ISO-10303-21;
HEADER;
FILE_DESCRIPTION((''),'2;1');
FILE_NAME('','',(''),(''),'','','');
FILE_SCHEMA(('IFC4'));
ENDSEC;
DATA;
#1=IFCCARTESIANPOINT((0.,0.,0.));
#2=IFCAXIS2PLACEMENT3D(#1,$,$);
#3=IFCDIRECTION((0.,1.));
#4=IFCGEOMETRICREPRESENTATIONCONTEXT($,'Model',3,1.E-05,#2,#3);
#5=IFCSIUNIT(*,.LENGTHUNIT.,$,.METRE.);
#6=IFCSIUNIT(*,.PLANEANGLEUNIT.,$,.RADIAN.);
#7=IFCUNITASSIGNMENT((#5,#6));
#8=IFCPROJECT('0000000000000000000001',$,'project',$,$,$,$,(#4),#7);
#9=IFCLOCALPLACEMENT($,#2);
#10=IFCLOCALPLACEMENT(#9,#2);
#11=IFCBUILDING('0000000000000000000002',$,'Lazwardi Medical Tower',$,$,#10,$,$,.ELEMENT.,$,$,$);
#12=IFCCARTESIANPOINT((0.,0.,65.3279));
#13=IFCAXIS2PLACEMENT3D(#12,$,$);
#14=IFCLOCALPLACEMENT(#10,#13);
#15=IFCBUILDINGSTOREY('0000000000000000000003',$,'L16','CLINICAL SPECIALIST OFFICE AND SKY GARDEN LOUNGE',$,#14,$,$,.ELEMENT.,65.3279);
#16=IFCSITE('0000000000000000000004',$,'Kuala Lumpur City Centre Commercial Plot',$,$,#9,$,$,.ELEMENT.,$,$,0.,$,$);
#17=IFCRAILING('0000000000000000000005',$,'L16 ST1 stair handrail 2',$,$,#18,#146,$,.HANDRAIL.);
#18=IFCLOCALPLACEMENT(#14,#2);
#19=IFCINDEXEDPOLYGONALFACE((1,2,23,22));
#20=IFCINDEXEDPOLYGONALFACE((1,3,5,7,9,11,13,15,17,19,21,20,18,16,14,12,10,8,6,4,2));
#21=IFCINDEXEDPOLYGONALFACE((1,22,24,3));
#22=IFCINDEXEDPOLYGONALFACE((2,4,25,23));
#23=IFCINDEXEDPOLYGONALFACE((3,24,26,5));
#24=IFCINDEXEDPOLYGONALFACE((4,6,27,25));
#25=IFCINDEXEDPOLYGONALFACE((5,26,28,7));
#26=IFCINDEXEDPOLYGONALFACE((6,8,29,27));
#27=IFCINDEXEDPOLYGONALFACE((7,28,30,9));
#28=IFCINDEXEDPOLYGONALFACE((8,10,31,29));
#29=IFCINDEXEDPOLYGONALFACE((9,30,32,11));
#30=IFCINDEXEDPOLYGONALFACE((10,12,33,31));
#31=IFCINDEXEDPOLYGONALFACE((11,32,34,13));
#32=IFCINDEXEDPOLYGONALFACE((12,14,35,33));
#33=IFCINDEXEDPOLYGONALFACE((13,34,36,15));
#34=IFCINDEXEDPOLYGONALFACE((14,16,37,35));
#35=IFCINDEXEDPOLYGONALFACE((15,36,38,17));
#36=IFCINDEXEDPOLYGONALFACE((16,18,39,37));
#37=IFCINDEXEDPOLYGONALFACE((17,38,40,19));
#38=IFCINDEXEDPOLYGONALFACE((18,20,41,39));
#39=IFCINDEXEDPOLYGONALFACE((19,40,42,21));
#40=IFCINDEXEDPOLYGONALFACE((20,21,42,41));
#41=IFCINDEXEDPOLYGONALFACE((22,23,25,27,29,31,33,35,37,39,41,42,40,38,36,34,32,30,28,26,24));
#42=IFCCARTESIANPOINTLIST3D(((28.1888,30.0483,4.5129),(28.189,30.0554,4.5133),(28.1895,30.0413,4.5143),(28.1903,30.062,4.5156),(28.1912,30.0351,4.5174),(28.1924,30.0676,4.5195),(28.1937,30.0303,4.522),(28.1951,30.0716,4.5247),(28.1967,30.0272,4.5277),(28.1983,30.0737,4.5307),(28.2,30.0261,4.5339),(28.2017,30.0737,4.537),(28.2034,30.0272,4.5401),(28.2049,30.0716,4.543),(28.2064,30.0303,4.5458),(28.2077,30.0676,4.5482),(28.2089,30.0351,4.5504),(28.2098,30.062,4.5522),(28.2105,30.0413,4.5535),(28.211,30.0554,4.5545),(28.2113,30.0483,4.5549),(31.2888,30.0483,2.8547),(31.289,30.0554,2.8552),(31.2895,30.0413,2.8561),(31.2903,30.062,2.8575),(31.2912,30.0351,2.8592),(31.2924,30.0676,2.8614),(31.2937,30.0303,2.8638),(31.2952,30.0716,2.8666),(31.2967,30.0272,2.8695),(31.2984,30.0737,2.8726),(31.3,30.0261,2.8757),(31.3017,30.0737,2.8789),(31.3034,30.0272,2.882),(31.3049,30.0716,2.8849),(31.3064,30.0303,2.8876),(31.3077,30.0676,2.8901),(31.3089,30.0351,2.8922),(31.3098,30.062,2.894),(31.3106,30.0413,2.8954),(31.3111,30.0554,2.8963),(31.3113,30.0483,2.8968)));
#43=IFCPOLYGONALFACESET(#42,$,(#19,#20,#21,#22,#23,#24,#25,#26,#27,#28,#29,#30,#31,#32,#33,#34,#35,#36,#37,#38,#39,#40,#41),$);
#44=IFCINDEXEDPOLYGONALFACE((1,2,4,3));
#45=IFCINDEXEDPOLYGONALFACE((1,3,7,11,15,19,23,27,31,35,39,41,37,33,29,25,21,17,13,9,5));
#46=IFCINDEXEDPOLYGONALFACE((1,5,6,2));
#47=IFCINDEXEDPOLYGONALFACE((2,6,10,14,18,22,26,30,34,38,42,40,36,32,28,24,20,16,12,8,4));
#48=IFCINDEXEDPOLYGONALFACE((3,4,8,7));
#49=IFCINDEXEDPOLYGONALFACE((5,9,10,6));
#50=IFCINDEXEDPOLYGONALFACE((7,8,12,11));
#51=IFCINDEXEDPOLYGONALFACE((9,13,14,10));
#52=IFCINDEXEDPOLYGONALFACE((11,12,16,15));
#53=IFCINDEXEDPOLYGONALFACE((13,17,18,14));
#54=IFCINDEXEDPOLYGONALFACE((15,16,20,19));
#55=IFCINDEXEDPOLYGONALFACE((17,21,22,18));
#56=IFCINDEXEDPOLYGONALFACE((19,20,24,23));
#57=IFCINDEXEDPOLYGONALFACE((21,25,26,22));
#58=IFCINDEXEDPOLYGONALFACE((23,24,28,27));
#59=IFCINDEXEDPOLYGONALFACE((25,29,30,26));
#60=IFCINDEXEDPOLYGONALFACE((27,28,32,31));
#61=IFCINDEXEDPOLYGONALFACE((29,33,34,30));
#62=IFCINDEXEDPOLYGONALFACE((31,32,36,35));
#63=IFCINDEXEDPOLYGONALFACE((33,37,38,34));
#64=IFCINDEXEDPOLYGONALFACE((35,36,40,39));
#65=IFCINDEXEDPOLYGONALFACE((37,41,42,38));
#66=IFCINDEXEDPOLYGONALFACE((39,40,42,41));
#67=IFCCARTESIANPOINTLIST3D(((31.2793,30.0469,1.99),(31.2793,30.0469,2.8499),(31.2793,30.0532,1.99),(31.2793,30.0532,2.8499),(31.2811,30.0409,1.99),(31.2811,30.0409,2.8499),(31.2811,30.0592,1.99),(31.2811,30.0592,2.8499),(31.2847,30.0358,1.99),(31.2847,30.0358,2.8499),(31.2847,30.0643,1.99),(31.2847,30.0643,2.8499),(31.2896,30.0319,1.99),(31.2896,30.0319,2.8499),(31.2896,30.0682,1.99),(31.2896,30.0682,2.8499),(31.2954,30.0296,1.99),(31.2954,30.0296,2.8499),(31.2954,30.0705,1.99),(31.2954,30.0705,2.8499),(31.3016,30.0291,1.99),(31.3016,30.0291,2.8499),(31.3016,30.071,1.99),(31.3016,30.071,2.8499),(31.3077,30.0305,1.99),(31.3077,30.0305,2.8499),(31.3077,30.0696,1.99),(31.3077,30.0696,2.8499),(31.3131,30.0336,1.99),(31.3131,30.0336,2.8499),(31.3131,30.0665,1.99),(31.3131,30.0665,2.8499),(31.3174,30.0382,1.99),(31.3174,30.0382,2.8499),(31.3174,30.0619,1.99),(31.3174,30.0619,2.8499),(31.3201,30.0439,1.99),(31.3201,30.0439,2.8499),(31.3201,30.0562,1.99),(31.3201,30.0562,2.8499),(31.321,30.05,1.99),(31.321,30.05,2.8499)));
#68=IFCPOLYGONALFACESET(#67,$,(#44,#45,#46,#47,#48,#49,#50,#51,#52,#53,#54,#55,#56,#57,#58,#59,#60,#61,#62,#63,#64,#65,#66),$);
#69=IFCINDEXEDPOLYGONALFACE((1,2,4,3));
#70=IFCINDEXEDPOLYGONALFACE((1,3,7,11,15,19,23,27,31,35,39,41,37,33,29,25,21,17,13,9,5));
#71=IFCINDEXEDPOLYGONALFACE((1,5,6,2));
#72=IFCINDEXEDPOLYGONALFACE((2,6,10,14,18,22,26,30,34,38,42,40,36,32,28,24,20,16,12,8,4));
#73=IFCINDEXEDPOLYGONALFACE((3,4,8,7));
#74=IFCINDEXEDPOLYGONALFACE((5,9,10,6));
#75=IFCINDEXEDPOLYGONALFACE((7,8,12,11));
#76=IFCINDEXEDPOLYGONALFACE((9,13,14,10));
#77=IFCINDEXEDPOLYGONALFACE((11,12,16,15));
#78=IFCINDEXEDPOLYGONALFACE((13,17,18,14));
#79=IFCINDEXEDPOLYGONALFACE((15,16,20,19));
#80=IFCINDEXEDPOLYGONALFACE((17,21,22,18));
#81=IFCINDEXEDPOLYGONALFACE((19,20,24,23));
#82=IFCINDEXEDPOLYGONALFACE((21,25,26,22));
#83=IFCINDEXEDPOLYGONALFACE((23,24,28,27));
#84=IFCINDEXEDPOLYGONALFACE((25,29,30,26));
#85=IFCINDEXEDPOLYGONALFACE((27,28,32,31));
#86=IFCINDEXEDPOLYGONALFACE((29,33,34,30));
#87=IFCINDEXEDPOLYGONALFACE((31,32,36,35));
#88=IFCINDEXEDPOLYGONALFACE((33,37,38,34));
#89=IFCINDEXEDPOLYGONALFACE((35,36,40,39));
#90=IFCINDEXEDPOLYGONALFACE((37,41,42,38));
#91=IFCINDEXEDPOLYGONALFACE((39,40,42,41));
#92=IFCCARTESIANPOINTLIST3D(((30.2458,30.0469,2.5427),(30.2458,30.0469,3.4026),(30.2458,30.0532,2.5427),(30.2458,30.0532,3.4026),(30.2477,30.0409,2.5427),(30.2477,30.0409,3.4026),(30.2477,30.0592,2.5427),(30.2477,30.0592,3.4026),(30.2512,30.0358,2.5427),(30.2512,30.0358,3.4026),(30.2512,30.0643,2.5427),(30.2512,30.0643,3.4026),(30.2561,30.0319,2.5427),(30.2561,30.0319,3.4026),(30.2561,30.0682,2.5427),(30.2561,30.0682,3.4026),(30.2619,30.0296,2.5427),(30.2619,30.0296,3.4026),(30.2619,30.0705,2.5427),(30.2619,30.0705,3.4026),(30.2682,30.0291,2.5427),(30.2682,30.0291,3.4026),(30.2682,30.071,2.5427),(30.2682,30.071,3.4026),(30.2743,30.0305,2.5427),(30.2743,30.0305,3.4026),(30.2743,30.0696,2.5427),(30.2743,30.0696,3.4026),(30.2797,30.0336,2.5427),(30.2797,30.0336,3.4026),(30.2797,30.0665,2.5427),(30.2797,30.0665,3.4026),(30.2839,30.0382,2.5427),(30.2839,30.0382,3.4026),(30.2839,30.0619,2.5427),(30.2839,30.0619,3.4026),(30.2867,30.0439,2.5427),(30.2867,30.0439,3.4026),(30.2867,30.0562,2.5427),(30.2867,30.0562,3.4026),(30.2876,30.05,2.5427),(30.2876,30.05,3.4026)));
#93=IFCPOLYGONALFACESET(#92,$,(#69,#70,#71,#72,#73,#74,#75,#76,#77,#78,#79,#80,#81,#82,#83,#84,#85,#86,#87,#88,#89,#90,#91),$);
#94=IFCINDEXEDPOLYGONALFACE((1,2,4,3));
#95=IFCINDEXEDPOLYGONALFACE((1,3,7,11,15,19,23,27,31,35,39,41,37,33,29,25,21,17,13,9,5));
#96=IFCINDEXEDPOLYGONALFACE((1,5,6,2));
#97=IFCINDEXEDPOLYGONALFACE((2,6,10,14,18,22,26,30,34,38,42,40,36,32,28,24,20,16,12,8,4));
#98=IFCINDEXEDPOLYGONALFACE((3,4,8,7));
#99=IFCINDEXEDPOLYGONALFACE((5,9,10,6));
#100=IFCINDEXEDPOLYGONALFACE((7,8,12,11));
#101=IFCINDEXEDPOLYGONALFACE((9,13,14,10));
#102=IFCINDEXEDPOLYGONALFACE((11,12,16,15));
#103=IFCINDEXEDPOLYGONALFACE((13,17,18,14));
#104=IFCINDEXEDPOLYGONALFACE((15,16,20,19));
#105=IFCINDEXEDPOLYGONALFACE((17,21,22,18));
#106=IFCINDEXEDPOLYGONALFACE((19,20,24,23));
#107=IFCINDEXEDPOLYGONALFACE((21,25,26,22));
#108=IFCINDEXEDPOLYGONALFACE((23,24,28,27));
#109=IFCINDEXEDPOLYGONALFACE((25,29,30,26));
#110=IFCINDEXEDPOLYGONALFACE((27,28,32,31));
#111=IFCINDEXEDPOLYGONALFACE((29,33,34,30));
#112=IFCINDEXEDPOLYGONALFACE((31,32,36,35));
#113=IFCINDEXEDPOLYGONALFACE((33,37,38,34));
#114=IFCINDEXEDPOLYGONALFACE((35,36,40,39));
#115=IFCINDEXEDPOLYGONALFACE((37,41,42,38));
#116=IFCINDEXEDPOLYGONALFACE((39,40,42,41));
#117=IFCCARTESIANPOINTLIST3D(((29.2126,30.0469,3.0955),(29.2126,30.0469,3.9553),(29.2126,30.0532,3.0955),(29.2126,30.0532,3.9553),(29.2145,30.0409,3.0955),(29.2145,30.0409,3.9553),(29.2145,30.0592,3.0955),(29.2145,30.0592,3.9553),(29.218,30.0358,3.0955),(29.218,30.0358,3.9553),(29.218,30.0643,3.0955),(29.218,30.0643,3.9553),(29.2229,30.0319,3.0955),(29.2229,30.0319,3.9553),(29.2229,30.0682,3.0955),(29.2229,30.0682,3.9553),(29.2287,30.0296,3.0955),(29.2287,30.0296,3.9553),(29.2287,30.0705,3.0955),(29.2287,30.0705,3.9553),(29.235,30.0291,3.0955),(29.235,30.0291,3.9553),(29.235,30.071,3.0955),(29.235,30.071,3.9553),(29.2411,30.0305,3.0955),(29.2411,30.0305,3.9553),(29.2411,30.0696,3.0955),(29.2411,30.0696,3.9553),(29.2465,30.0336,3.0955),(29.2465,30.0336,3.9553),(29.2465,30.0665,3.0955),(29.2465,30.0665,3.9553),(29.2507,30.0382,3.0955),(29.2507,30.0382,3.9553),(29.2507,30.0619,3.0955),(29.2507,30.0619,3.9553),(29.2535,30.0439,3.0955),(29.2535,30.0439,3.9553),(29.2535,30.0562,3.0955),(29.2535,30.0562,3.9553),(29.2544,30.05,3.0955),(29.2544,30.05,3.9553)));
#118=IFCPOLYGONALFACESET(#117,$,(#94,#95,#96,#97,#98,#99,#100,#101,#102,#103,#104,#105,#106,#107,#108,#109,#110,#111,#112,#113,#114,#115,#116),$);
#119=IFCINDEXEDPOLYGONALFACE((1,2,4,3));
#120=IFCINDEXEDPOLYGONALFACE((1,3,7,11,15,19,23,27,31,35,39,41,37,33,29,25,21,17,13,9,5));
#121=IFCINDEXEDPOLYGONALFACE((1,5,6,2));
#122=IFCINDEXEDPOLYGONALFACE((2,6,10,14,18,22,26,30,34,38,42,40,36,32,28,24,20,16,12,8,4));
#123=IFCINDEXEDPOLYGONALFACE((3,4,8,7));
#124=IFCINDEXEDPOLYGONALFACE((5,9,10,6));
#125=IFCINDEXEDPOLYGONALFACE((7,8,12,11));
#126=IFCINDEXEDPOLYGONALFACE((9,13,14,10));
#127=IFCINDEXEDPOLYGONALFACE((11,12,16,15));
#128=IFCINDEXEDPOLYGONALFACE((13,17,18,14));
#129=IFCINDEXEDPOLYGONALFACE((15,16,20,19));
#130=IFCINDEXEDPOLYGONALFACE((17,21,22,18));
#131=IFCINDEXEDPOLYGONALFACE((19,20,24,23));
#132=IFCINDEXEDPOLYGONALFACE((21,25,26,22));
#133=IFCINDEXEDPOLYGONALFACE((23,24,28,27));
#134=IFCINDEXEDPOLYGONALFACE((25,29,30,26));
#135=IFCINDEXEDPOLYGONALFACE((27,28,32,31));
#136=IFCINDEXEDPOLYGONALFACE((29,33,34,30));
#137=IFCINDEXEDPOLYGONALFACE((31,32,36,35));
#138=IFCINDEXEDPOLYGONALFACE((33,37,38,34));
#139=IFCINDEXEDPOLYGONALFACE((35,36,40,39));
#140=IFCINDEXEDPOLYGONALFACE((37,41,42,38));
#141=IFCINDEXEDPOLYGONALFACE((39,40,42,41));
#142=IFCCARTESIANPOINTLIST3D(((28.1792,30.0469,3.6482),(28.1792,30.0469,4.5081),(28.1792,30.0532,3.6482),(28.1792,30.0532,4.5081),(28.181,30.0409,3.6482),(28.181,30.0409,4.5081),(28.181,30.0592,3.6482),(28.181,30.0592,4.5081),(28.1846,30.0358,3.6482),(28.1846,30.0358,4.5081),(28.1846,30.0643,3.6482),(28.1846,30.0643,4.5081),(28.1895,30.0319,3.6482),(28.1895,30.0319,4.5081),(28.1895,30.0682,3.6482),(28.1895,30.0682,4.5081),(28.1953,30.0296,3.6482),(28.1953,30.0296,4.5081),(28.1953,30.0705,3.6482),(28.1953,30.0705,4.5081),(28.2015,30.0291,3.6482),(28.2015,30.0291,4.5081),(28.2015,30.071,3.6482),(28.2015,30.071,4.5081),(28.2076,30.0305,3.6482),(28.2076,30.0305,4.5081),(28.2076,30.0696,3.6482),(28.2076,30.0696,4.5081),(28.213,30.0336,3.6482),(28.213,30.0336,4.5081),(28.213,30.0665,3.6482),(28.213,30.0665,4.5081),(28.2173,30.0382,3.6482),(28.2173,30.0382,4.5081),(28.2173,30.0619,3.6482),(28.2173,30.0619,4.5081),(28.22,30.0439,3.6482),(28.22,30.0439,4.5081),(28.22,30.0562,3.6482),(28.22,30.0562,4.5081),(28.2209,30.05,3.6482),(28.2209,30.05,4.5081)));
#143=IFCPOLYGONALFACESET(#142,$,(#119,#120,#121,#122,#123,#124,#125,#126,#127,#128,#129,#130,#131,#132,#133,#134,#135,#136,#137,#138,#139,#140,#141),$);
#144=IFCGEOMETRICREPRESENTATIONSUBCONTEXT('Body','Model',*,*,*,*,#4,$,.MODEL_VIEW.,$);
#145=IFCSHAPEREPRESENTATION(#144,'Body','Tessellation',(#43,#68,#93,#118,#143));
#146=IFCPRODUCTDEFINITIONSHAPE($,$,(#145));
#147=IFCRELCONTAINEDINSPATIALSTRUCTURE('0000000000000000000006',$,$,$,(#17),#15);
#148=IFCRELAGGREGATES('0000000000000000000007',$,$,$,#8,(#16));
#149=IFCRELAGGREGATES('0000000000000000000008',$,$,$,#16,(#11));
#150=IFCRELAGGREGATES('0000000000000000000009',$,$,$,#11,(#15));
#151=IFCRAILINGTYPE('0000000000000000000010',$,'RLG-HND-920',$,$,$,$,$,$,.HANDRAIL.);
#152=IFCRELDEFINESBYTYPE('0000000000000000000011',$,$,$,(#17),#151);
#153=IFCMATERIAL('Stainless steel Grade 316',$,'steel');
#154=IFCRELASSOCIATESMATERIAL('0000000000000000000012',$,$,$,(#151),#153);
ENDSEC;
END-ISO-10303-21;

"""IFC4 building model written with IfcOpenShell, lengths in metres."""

from ifc_helpers import new_model, si_unit, direction, frame, origin, origin_2d, place, context, subcontext, project, spatial, circle, extrude, material, type_object, element, save


model = new_model("IFC4")

# Units and contexts
model_context = context("Model", 3, precision=1e-05, world=origin(), true_north=direction((0.0, 1.0)))
body_context = subcontext(model_context, "Body", "Model", "MODEL_VIEW")
ifc_project = project(units=[si_unit("LENGTHUNIT", "METRE"), si_unit("PLANEANGLEUNIT", "RADIAN")], contexts=[model_context])

# Site, building, storey
site_placement = place(None, origin())
site = spatial("IfcSite", under=ifc_project, at=site_placement, Name="Kuala Lumpur City Centre Commercial Plot", CompositionType="ELEMENT", RefElevation=0.0)
building_placement = place(site_placement, origin())
building = spatial("IfcBuilding", under=site, at=building_placement, Name="Lazwardi Medical Tower", CompositionType="ELEMENT")
storey_placement = place(building_placement, frame((0.0, 0.0, 65.3279)))
storey = spatial("IfcBuildingStorey", under=building, at=storey_placement, Name="L16", Description="CLINICAL SPECIALIST OFFICE AND SKY GARDEN LOUNGE", CompositionType="ELEMENT", Elevation=65.3279)

# Railing
ifc_material_1 = material(Name="Stainless steel Grade 316", Category="steel")
railing_type_1 = type_object("IfcRailingType", Name="RLG-HND-920", PredefinedType="HANDRAIL", material=ifc_material_1)
railing_1_placement = place(storey_placement, frame((31.3, 30.05, 1.99)))
element("IfcRailing", 1, at=railing_1_placement, inside=storey, type_object=railing_type_1, Name="L16 ST1 stair handrail 2", PredefinedType="HANDRAIL", context=body_context, shape_type="SweptSolid", body=[
    extrude(circle(Radius=0.0239, at=origin_2d()), frame((0.0, 0.0, 0.8857), z_axis=(-0.881783, 0.0, 0.471655), x_axis=(0.0, -1.0, 0.0)), (0.0, 0.0, 1.0), 3.5156),
    extrude(circle(Radius=0.021, at=origin_2d()), origin(), (0.0, 0.0, 1.0), 0.8599),
    extrude(circle(Radius=0.021, at=origin_2d()), frame((-1.0334, 0.0, 0.5527)), (0.0, 0.0, 1.0), 0.8599),
    extrude(circle(Radius=0.021, at=origin_2d()), frame((-2.0667, 0.0, 1.1055)), (0.0, 0.0, 1.0), 0.8599),
    extrude(circle(Radius=0.021, at=origin_2d()), frame((-3.1001, 0.0, 1.6582)), (0.0, 0.0, 1.0), 0.8599),
])

save(model, "model.ifc")
